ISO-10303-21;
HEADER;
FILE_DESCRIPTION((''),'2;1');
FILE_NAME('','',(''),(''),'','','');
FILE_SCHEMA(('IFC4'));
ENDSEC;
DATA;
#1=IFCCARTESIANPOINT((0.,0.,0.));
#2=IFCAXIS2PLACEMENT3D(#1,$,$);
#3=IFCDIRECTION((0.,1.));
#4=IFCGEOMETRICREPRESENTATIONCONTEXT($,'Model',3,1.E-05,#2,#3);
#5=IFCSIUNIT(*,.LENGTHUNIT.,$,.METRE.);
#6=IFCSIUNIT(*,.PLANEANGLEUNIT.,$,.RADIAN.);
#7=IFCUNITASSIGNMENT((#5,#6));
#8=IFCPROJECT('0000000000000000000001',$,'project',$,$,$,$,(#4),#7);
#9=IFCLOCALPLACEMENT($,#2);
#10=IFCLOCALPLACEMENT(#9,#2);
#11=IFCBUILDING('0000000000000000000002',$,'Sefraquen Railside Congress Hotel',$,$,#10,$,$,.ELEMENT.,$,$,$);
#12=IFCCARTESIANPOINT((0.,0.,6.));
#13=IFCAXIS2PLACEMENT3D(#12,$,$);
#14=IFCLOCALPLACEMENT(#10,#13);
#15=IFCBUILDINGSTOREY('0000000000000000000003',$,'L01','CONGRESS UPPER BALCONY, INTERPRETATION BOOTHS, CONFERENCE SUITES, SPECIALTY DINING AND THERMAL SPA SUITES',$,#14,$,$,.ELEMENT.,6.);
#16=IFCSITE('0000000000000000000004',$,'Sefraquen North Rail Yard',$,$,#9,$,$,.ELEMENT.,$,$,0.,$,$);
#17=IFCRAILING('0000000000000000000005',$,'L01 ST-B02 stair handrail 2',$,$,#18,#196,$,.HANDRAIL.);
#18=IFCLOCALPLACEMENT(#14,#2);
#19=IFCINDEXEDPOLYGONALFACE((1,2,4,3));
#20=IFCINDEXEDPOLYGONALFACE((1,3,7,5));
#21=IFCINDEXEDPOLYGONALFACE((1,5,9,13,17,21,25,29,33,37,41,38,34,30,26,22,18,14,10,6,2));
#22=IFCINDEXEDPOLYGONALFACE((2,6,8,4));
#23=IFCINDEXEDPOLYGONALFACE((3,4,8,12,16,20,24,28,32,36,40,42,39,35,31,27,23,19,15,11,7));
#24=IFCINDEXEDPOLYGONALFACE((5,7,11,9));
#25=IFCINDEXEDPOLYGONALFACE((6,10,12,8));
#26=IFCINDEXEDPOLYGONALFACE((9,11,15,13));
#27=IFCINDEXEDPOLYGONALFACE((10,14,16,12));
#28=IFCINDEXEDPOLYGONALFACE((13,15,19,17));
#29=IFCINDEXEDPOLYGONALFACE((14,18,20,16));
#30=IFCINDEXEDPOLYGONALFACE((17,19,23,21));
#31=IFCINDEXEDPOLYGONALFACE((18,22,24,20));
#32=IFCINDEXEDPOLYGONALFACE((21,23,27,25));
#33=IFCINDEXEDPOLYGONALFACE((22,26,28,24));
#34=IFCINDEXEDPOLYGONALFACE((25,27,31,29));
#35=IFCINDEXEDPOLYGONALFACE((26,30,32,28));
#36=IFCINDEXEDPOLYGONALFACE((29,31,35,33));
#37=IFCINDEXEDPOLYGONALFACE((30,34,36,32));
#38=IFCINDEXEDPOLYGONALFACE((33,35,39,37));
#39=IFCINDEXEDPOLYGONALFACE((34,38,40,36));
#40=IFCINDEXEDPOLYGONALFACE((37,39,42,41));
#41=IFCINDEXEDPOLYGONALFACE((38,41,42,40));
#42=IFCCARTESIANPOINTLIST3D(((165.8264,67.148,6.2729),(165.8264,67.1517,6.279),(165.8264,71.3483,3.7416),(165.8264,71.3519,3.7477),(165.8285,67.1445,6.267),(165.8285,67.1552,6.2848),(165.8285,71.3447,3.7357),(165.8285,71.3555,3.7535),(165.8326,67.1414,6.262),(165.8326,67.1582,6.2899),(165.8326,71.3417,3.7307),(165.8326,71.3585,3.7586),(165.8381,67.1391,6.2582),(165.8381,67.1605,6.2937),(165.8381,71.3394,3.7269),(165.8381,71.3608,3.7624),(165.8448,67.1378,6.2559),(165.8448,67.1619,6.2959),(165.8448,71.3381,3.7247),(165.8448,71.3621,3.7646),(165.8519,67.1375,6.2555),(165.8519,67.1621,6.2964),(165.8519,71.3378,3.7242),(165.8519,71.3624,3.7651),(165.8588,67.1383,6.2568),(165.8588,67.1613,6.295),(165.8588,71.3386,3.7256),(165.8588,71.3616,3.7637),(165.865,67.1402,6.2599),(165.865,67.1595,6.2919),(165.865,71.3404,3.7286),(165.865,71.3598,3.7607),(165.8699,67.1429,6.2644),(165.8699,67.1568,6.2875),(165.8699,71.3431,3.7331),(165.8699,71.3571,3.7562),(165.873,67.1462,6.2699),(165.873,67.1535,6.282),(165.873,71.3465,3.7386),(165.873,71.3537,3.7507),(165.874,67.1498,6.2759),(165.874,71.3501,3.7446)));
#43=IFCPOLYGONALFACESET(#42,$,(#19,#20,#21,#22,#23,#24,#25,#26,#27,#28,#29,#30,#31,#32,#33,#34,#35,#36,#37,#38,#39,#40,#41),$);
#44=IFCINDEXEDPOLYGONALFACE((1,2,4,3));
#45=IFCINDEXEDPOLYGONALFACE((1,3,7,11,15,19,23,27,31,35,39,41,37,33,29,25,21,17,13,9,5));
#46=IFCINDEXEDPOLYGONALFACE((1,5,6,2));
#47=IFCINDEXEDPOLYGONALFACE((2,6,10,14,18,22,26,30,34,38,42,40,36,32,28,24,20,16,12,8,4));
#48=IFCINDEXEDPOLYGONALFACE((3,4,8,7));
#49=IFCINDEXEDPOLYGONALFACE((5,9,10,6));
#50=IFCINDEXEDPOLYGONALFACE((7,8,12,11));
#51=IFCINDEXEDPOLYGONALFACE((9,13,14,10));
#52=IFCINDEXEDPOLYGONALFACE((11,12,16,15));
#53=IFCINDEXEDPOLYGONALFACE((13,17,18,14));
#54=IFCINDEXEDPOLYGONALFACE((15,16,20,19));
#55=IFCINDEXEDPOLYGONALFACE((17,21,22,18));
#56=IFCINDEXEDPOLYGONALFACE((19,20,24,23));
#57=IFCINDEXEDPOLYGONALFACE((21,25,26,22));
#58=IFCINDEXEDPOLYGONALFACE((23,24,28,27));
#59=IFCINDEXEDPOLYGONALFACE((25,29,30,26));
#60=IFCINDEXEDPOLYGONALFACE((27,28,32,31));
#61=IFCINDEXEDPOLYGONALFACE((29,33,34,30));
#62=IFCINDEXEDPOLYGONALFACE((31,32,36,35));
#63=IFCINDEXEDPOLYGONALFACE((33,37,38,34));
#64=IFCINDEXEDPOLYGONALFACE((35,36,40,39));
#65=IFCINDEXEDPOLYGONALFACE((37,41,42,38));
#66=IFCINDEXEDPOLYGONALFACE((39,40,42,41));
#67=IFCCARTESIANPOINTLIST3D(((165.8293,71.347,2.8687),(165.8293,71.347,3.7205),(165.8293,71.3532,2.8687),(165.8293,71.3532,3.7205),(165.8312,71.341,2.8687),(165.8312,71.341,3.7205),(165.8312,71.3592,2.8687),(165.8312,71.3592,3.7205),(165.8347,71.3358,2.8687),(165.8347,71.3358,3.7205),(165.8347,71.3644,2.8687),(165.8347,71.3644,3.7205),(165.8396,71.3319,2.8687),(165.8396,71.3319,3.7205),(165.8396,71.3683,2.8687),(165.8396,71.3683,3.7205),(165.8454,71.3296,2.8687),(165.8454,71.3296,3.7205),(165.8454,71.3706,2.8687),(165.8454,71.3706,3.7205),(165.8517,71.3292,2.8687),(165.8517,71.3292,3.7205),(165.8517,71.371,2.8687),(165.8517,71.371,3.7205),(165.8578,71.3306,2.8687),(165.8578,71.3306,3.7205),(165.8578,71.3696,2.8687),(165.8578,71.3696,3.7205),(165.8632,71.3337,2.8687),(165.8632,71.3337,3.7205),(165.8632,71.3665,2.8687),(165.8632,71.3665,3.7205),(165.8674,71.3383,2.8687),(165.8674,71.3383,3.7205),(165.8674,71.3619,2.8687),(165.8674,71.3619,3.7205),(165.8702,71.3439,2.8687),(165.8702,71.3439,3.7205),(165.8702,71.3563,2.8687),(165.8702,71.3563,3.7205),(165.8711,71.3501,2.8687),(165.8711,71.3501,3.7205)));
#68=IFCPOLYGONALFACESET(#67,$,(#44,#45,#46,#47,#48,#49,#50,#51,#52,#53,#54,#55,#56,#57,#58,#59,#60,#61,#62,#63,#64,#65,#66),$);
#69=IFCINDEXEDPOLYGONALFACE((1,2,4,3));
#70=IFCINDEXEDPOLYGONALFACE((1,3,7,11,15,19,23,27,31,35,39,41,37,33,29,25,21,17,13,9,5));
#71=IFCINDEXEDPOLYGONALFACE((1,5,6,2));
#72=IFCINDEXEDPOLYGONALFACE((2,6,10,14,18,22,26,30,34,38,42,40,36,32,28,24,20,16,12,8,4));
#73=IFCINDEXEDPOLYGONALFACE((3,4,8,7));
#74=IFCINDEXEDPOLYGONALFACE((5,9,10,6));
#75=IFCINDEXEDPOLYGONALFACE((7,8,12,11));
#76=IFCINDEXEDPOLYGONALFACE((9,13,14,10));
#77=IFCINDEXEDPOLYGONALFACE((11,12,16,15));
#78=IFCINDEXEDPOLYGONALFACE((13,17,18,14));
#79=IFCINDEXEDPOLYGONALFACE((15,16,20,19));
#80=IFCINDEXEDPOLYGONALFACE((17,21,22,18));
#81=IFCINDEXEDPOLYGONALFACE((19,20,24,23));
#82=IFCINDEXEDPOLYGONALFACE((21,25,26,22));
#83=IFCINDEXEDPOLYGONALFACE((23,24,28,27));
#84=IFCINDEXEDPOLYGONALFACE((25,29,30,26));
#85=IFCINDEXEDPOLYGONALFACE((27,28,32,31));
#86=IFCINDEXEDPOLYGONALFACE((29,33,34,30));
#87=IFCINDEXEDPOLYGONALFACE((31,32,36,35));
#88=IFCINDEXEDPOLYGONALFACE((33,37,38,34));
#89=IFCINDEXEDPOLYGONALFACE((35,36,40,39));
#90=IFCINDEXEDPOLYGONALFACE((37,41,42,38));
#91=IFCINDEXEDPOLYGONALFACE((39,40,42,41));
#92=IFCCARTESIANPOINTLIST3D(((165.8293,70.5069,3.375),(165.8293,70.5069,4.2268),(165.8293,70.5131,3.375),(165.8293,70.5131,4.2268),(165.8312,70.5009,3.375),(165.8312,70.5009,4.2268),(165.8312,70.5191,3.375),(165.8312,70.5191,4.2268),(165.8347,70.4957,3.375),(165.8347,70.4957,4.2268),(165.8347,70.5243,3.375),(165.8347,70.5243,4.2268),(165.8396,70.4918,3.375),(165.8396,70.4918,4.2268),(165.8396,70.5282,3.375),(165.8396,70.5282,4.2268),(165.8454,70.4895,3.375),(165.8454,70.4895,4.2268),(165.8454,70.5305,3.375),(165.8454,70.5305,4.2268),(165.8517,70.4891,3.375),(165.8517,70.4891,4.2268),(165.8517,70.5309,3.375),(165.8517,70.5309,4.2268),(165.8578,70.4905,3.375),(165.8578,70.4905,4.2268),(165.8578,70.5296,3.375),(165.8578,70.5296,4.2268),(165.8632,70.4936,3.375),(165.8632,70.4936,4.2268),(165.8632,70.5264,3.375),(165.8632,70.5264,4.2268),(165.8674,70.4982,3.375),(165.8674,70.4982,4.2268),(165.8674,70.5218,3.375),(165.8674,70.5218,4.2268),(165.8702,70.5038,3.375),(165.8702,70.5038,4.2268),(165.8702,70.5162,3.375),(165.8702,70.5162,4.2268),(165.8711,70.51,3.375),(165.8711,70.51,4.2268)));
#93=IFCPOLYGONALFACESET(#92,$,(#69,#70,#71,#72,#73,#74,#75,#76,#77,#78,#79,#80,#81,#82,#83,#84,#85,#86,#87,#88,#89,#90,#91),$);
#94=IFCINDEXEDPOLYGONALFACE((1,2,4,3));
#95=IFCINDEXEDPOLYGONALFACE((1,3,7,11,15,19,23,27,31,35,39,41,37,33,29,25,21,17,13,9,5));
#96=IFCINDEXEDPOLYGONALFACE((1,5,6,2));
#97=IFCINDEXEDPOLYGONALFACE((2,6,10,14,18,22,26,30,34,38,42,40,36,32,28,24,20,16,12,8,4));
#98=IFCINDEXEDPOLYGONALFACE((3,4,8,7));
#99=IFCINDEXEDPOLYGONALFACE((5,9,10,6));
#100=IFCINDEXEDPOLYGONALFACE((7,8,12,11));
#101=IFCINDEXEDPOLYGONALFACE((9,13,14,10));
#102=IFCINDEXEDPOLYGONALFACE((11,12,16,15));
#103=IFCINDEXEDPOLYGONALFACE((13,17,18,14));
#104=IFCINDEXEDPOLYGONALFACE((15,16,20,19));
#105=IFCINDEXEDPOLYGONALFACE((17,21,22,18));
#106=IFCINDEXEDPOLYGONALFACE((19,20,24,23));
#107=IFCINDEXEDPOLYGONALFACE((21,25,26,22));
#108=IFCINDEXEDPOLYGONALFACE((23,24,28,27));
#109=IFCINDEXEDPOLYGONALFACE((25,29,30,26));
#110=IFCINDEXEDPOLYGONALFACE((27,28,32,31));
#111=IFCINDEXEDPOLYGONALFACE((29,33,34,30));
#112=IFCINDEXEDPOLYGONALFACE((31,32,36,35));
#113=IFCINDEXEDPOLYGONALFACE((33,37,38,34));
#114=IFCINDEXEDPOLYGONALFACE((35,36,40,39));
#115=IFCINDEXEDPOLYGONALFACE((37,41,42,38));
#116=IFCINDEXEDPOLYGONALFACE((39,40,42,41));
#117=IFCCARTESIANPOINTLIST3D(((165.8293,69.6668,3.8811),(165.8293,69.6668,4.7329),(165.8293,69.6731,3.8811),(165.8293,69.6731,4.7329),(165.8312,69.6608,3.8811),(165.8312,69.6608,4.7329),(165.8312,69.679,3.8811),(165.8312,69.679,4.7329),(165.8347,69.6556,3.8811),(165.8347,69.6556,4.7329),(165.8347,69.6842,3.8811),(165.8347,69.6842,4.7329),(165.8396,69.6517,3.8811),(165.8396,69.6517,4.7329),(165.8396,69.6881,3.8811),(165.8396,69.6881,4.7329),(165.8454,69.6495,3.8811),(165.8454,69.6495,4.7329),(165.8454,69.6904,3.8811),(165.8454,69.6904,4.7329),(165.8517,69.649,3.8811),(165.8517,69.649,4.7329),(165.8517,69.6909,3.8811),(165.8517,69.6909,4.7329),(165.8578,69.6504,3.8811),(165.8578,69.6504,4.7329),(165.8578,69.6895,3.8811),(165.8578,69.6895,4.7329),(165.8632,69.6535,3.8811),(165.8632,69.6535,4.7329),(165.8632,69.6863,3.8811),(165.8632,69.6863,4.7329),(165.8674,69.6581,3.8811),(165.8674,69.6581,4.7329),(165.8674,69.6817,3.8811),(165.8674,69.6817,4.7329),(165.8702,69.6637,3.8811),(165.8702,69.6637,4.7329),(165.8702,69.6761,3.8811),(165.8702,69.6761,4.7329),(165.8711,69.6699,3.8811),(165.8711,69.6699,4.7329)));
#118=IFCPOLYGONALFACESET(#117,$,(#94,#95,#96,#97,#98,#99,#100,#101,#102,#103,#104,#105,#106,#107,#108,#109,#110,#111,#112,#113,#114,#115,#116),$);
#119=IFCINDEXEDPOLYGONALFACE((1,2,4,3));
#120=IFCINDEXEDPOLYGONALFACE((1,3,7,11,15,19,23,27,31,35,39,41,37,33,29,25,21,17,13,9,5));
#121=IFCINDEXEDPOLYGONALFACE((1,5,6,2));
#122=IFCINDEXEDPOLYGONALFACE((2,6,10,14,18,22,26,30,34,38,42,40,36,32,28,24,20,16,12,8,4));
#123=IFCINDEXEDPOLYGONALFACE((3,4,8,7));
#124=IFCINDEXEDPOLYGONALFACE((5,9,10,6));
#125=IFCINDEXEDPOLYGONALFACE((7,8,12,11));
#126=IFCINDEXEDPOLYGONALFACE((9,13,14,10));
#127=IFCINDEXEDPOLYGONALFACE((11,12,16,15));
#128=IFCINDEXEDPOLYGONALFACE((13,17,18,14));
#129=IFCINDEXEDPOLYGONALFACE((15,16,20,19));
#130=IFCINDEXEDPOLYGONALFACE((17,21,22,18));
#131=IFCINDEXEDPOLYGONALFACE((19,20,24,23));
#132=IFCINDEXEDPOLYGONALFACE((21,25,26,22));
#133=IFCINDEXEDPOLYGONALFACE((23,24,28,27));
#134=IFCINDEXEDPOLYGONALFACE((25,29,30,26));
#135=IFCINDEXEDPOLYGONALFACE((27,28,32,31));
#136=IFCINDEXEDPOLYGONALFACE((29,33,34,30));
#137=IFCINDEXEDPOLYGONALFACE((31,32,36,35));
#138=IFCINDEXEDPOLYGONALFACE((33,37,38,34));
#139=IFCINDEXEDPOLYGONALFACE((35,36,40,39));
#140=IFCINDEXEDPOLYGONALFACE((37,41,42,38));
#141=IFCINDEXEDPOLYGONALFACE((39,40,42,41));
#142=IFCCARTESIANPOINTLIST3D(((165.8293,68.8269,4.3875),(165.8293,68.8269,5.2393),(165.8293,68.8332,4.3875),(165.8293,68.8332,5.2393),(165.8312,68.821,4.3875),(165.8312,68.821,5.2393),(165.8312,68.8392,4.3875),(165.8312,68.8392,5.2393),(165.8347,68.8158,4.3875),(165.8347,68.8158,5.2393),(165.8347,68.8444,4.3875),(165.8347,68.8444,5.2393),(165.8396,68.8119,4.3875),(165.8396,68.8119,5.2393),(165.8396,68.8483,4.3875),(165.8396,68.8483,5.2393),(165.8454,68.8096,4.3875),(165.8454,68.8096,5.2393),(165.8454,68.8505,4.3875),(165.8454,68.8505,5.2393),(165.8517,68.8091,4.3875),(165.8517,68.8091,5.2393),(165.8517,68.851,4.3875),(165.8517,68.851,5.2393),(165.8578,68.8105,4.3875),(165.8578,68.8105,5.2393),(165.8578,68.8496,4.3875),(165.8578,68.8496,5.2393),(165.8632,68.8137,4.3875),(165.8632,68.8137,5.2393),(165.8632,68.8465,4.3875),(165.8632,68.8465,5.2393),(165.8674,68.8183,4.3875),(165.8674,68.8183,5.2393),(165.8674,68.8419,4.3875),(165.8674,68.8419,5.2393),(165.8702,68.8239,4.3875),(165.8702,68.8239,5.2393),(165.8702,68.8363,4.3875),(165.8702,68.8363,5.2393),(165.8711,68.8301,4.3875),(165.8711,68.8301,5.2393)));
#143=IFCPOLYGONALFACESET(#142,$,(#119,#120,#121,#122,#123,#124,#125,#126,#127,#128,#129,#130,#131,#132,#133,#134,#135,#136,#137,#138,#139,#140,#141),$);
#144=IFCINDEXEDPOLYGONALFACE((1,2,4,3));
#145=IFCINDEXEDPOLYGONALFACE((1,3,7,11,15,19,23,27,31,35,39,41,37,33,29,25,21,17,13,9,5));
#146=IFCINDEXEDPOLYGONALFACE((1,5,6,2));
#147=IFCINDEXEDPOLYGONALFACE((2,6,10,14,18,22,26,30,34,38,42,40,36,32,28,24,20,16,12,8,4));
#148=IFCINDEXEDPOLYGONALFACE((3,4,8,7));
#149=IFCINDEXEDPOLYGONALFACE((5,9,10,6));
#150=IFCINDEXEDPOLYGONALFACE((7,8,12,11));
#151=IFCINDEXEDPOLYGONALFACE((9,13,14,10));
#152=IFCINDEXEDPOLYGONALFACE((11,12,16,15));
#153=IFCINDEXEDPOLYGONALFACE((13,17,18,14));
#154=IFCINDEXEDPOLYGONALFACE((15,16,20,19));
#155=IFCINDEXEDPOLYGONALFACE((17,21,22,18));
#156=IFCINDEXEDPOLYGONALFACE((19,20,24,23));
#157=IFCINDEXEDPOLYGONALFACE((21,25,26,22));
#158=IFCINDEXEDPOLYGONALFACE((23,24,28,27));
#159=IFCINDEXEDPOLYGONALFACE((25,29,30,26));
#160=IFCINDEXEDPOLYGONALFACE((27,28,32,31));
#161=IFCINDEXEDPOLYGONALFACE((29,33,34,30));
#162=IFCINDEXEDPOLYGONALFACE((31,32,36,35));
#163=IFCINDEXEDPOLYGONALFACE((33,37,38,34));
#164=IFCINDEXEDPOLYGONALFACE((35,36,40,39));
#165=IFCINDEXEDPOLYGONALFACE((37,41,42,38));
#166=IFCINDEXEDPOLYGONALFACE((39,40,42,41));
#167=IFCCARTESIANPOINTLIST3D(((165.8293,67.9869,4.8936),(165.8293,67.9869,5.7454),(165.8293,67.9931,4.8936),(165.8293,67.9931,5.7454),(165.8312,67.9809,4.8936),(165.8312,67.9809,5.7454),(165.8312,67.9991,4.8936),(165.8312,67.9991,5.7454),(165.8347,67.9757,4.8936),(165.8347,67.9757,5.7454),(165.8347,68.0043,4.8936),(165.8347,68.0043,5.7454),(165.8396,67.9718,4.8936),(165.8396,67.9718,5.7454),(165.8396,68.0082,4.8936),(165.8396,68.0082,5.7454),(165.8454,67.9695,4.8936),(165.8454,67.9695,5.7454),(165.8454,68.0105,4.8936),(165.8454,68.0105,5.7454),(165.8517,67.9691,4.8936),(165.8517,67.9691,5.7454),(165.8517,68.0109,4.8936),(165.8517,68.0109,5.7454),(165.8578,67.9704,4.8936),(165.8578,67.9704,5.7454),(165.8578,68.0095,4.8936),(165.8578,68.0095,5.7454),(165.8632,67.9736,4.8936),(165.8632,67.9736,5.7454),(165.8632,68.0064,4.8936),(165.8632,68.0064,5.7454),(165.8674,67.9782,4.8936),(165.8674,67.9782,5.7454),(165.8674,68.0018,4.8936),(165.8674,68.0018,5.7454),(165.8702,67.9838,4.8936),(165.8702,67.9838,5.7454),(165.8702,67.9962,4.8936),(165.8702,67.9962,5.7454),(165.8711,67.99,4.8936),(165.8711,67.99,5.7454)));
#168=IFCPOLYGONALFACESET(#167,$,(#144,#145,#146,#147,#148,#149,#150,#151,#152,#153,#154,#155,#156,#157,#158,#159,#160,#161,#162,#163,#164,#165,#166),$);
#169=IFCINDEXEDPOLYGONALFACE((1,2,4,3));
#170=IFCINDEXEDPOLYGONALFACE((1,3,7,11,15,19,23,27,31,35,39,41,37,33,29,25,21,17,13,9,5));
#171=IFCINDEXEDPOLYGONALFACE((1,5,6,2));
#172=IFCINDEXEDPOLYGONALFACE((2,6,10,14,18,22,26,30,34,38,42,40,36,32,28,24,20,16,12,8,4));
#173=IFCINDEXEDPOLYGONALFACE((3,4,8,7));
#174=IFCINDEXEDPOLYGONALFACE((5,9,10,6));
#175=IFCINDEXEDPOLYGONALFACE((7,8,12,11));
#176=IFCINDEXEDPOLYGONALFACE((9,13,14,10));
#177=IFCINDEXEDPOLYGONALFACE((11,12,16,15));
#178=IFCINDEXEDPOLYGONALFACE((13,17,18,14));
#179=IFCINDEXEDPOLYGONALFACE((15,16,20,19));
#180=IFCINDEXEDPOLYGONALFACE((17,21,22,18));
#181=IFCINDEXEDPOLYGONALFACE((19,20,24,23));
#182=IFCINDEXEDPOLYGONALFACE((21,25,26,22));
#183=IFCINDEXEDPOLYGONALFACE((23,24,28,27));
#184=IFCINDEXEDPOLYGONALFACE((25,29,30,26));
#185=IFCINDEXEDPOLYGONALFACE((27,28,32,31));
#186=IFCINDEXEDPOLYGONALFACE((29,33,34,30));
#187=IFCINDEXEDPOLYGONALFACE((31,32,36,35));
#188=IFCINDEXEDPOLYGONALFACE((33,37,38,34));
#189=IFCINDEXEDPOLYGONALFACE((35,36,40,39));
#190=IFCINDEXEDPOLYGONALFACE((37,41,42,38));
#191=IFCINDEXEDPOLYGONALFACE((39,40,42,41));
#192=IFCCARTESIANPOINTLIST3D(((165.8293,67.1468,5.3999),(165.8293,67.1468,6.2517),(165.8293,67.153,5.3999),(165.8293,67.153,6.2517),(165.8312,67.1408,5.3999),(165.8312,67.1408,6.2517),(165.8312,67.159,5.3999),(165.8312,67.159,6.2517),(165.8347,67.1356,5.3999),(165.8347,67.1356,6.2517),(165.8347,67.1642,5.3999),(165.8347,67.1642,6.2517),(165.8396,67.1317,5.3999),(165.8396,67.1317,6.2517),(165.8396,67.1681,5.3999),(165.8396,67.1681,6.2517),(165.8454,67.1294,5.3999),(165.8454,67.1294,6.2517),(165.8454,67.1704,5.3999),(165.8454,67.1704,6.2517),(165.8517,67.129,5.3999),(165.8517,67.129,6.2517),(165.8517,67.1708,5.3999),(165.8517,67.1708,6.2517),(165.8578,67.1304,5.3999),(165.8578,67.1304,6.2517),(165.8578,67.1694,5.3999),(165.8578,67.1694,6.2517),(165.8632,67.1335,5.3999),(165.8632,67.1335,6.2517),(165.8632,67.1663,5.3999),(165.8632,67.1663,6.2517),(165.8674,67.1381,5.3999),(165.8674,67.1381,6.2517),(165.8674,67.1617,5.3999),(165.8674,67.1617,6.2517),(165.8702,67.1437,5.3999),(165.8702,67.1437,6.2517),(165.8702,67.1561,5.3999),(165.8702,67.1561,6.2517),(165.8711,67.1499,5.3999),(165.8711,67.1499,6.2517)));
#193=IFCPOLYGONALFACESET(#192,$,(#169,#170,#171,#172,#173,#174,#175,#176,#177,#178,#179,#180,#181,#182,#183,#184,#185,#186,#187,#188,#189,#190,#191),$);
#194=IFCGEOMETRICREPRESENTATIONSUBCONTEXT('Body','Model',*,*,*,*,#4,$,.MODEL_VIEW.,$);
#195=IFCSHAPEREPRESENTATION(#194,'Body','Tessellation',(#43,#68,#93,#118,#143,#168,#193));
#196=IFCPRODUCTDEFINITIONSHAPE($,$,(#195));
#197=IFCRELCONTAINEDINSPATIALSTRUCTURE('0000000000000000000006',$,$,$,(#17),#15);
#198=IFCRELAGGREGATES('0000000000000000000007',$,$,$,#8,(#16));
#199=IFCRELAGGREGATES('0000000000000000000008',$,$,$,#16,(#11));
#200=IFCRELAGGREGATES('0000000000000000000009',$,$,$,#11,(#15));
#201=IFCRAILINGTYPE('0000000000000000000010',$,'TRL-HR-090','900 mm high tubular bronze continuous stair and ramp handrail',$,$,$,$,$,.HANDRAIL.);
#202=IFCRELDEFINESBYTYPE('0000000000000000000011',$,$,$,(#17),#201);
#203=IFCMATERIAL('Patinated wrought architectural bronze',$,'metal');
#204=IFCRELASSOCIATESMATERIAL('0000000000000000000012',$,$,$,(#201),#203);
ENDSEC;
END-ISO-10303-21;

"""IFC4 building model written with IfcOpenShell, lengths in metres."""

from ifc_helpers import new_model, si_unit, direction, frame, origin, origin_2d, place, context, subcontext, project, spatial, circle, extrude, material, type_object, element, save


model = new_model("IFC4")

# Units and contexts
model_context = context("Model", 3, precision=1e-05, world=origin(), true_north=direction((0.0, 1.0)))
body_context = subcontext(model_context, "Body", "Model", "MODEL_VIEW")
ifc_project = project(units=[si_unit("LENGTHUNIT", "METRE"), si_unit("PLANEANGLEUNIT", "RADIAN")], contexts=[model_context])

# Site, building, storey
site_placement = place(None, origin())
site = spatial("IfcSite", under=ifc_project, at=site_placement, Name="Sefraquen North Rail Yard", CompositionType="ELEMENT", RefElevation=0.0)
building_placement = place(site_placement, origin())
building = spatial("IfcBuilding", under=site, at=building_placement, Name="Sefraquen Railside Congress Hotel", CompositionType="ELEMENT")
storey_placement = place(building_placement, frame((0.0, 0.0, 6.0)))
storey = spatial("IfcBuildingStorey", under=building, at=storey_placement, Name="L01", Description="CONGRESS UPPER BALCONY, INTERPRETATION BOOTHS, CONFERENCE SUITES, SPECIALTY DINING AND THERMAL SPA SUITES", CompositionType="ELEMENT", Elevation=6.0)

# Railing
ifc_material_1 = material(Name="Patinated wrought architectural bronze", Category="metal")
railing_type_1 = type_object("IfcRailingType", Name="TRL-HR-090", Description="900 mm high tubular bronze continuous stair and ramp handrail", PredefinedType="HANDRAIL", material=ifc_material_1)
railing_1_placement = place(storey_placement, frame((165.8501, 71.3501, 2.8687)))
element("IfcRailing", 1, at=railing_1_placement, inside=storey, type_object=railing_type_1, Name="L01 ST-B02 stair handrail 2", PredefinedType="HANDRAIL", context=body_context, shape_type="SweptSolid", body=[
    extrude(circle(Radius=0.0239, at=origin_2d()), frame((0.0, 0.0, 0.876), z_axis=(0.0, -0.85649, 0.516164), x_axis=(1.0, 0.0, 0.0)), (0.0, 0.0, 1.0), 4.9041),
    extrude(circle(Radius=0.021, at=origin_2d()), origin(), (0.0, 0.0, 1.0), 0.8518),
    extrude(circle(Radius=0.021, at=origin_2d()), frame((0.0, -0.8401, 0.5063)), (0.0, 0.0, 1.0), 0.8518),
    extrude(circle(Radius=0.021, at=origin_2d()), frame((0.0, -1.6802, 1.0125)), (0.0, 0.0, 1.0), 0.8518),
    extrude(circle(Radius=0.021, at=origin_2d()), frame((0.0, -2.52, 1.5188)), (0.0, 0.0, 1.0), 0.8518),
    extrude(circle(Radius=0.021, at=origin_2d()), frame((0.0, -3.3601, 2.0249)), (0.0, 0.0, 1.0), 0.8518),
    extrude(circle(Radius=0.021, at=origin_2d()), frame((0.0, -4.2002, 2.5312)), (0.0, 0.0, 1.0), 0.8518),
])

save(model, "model.ifc")
